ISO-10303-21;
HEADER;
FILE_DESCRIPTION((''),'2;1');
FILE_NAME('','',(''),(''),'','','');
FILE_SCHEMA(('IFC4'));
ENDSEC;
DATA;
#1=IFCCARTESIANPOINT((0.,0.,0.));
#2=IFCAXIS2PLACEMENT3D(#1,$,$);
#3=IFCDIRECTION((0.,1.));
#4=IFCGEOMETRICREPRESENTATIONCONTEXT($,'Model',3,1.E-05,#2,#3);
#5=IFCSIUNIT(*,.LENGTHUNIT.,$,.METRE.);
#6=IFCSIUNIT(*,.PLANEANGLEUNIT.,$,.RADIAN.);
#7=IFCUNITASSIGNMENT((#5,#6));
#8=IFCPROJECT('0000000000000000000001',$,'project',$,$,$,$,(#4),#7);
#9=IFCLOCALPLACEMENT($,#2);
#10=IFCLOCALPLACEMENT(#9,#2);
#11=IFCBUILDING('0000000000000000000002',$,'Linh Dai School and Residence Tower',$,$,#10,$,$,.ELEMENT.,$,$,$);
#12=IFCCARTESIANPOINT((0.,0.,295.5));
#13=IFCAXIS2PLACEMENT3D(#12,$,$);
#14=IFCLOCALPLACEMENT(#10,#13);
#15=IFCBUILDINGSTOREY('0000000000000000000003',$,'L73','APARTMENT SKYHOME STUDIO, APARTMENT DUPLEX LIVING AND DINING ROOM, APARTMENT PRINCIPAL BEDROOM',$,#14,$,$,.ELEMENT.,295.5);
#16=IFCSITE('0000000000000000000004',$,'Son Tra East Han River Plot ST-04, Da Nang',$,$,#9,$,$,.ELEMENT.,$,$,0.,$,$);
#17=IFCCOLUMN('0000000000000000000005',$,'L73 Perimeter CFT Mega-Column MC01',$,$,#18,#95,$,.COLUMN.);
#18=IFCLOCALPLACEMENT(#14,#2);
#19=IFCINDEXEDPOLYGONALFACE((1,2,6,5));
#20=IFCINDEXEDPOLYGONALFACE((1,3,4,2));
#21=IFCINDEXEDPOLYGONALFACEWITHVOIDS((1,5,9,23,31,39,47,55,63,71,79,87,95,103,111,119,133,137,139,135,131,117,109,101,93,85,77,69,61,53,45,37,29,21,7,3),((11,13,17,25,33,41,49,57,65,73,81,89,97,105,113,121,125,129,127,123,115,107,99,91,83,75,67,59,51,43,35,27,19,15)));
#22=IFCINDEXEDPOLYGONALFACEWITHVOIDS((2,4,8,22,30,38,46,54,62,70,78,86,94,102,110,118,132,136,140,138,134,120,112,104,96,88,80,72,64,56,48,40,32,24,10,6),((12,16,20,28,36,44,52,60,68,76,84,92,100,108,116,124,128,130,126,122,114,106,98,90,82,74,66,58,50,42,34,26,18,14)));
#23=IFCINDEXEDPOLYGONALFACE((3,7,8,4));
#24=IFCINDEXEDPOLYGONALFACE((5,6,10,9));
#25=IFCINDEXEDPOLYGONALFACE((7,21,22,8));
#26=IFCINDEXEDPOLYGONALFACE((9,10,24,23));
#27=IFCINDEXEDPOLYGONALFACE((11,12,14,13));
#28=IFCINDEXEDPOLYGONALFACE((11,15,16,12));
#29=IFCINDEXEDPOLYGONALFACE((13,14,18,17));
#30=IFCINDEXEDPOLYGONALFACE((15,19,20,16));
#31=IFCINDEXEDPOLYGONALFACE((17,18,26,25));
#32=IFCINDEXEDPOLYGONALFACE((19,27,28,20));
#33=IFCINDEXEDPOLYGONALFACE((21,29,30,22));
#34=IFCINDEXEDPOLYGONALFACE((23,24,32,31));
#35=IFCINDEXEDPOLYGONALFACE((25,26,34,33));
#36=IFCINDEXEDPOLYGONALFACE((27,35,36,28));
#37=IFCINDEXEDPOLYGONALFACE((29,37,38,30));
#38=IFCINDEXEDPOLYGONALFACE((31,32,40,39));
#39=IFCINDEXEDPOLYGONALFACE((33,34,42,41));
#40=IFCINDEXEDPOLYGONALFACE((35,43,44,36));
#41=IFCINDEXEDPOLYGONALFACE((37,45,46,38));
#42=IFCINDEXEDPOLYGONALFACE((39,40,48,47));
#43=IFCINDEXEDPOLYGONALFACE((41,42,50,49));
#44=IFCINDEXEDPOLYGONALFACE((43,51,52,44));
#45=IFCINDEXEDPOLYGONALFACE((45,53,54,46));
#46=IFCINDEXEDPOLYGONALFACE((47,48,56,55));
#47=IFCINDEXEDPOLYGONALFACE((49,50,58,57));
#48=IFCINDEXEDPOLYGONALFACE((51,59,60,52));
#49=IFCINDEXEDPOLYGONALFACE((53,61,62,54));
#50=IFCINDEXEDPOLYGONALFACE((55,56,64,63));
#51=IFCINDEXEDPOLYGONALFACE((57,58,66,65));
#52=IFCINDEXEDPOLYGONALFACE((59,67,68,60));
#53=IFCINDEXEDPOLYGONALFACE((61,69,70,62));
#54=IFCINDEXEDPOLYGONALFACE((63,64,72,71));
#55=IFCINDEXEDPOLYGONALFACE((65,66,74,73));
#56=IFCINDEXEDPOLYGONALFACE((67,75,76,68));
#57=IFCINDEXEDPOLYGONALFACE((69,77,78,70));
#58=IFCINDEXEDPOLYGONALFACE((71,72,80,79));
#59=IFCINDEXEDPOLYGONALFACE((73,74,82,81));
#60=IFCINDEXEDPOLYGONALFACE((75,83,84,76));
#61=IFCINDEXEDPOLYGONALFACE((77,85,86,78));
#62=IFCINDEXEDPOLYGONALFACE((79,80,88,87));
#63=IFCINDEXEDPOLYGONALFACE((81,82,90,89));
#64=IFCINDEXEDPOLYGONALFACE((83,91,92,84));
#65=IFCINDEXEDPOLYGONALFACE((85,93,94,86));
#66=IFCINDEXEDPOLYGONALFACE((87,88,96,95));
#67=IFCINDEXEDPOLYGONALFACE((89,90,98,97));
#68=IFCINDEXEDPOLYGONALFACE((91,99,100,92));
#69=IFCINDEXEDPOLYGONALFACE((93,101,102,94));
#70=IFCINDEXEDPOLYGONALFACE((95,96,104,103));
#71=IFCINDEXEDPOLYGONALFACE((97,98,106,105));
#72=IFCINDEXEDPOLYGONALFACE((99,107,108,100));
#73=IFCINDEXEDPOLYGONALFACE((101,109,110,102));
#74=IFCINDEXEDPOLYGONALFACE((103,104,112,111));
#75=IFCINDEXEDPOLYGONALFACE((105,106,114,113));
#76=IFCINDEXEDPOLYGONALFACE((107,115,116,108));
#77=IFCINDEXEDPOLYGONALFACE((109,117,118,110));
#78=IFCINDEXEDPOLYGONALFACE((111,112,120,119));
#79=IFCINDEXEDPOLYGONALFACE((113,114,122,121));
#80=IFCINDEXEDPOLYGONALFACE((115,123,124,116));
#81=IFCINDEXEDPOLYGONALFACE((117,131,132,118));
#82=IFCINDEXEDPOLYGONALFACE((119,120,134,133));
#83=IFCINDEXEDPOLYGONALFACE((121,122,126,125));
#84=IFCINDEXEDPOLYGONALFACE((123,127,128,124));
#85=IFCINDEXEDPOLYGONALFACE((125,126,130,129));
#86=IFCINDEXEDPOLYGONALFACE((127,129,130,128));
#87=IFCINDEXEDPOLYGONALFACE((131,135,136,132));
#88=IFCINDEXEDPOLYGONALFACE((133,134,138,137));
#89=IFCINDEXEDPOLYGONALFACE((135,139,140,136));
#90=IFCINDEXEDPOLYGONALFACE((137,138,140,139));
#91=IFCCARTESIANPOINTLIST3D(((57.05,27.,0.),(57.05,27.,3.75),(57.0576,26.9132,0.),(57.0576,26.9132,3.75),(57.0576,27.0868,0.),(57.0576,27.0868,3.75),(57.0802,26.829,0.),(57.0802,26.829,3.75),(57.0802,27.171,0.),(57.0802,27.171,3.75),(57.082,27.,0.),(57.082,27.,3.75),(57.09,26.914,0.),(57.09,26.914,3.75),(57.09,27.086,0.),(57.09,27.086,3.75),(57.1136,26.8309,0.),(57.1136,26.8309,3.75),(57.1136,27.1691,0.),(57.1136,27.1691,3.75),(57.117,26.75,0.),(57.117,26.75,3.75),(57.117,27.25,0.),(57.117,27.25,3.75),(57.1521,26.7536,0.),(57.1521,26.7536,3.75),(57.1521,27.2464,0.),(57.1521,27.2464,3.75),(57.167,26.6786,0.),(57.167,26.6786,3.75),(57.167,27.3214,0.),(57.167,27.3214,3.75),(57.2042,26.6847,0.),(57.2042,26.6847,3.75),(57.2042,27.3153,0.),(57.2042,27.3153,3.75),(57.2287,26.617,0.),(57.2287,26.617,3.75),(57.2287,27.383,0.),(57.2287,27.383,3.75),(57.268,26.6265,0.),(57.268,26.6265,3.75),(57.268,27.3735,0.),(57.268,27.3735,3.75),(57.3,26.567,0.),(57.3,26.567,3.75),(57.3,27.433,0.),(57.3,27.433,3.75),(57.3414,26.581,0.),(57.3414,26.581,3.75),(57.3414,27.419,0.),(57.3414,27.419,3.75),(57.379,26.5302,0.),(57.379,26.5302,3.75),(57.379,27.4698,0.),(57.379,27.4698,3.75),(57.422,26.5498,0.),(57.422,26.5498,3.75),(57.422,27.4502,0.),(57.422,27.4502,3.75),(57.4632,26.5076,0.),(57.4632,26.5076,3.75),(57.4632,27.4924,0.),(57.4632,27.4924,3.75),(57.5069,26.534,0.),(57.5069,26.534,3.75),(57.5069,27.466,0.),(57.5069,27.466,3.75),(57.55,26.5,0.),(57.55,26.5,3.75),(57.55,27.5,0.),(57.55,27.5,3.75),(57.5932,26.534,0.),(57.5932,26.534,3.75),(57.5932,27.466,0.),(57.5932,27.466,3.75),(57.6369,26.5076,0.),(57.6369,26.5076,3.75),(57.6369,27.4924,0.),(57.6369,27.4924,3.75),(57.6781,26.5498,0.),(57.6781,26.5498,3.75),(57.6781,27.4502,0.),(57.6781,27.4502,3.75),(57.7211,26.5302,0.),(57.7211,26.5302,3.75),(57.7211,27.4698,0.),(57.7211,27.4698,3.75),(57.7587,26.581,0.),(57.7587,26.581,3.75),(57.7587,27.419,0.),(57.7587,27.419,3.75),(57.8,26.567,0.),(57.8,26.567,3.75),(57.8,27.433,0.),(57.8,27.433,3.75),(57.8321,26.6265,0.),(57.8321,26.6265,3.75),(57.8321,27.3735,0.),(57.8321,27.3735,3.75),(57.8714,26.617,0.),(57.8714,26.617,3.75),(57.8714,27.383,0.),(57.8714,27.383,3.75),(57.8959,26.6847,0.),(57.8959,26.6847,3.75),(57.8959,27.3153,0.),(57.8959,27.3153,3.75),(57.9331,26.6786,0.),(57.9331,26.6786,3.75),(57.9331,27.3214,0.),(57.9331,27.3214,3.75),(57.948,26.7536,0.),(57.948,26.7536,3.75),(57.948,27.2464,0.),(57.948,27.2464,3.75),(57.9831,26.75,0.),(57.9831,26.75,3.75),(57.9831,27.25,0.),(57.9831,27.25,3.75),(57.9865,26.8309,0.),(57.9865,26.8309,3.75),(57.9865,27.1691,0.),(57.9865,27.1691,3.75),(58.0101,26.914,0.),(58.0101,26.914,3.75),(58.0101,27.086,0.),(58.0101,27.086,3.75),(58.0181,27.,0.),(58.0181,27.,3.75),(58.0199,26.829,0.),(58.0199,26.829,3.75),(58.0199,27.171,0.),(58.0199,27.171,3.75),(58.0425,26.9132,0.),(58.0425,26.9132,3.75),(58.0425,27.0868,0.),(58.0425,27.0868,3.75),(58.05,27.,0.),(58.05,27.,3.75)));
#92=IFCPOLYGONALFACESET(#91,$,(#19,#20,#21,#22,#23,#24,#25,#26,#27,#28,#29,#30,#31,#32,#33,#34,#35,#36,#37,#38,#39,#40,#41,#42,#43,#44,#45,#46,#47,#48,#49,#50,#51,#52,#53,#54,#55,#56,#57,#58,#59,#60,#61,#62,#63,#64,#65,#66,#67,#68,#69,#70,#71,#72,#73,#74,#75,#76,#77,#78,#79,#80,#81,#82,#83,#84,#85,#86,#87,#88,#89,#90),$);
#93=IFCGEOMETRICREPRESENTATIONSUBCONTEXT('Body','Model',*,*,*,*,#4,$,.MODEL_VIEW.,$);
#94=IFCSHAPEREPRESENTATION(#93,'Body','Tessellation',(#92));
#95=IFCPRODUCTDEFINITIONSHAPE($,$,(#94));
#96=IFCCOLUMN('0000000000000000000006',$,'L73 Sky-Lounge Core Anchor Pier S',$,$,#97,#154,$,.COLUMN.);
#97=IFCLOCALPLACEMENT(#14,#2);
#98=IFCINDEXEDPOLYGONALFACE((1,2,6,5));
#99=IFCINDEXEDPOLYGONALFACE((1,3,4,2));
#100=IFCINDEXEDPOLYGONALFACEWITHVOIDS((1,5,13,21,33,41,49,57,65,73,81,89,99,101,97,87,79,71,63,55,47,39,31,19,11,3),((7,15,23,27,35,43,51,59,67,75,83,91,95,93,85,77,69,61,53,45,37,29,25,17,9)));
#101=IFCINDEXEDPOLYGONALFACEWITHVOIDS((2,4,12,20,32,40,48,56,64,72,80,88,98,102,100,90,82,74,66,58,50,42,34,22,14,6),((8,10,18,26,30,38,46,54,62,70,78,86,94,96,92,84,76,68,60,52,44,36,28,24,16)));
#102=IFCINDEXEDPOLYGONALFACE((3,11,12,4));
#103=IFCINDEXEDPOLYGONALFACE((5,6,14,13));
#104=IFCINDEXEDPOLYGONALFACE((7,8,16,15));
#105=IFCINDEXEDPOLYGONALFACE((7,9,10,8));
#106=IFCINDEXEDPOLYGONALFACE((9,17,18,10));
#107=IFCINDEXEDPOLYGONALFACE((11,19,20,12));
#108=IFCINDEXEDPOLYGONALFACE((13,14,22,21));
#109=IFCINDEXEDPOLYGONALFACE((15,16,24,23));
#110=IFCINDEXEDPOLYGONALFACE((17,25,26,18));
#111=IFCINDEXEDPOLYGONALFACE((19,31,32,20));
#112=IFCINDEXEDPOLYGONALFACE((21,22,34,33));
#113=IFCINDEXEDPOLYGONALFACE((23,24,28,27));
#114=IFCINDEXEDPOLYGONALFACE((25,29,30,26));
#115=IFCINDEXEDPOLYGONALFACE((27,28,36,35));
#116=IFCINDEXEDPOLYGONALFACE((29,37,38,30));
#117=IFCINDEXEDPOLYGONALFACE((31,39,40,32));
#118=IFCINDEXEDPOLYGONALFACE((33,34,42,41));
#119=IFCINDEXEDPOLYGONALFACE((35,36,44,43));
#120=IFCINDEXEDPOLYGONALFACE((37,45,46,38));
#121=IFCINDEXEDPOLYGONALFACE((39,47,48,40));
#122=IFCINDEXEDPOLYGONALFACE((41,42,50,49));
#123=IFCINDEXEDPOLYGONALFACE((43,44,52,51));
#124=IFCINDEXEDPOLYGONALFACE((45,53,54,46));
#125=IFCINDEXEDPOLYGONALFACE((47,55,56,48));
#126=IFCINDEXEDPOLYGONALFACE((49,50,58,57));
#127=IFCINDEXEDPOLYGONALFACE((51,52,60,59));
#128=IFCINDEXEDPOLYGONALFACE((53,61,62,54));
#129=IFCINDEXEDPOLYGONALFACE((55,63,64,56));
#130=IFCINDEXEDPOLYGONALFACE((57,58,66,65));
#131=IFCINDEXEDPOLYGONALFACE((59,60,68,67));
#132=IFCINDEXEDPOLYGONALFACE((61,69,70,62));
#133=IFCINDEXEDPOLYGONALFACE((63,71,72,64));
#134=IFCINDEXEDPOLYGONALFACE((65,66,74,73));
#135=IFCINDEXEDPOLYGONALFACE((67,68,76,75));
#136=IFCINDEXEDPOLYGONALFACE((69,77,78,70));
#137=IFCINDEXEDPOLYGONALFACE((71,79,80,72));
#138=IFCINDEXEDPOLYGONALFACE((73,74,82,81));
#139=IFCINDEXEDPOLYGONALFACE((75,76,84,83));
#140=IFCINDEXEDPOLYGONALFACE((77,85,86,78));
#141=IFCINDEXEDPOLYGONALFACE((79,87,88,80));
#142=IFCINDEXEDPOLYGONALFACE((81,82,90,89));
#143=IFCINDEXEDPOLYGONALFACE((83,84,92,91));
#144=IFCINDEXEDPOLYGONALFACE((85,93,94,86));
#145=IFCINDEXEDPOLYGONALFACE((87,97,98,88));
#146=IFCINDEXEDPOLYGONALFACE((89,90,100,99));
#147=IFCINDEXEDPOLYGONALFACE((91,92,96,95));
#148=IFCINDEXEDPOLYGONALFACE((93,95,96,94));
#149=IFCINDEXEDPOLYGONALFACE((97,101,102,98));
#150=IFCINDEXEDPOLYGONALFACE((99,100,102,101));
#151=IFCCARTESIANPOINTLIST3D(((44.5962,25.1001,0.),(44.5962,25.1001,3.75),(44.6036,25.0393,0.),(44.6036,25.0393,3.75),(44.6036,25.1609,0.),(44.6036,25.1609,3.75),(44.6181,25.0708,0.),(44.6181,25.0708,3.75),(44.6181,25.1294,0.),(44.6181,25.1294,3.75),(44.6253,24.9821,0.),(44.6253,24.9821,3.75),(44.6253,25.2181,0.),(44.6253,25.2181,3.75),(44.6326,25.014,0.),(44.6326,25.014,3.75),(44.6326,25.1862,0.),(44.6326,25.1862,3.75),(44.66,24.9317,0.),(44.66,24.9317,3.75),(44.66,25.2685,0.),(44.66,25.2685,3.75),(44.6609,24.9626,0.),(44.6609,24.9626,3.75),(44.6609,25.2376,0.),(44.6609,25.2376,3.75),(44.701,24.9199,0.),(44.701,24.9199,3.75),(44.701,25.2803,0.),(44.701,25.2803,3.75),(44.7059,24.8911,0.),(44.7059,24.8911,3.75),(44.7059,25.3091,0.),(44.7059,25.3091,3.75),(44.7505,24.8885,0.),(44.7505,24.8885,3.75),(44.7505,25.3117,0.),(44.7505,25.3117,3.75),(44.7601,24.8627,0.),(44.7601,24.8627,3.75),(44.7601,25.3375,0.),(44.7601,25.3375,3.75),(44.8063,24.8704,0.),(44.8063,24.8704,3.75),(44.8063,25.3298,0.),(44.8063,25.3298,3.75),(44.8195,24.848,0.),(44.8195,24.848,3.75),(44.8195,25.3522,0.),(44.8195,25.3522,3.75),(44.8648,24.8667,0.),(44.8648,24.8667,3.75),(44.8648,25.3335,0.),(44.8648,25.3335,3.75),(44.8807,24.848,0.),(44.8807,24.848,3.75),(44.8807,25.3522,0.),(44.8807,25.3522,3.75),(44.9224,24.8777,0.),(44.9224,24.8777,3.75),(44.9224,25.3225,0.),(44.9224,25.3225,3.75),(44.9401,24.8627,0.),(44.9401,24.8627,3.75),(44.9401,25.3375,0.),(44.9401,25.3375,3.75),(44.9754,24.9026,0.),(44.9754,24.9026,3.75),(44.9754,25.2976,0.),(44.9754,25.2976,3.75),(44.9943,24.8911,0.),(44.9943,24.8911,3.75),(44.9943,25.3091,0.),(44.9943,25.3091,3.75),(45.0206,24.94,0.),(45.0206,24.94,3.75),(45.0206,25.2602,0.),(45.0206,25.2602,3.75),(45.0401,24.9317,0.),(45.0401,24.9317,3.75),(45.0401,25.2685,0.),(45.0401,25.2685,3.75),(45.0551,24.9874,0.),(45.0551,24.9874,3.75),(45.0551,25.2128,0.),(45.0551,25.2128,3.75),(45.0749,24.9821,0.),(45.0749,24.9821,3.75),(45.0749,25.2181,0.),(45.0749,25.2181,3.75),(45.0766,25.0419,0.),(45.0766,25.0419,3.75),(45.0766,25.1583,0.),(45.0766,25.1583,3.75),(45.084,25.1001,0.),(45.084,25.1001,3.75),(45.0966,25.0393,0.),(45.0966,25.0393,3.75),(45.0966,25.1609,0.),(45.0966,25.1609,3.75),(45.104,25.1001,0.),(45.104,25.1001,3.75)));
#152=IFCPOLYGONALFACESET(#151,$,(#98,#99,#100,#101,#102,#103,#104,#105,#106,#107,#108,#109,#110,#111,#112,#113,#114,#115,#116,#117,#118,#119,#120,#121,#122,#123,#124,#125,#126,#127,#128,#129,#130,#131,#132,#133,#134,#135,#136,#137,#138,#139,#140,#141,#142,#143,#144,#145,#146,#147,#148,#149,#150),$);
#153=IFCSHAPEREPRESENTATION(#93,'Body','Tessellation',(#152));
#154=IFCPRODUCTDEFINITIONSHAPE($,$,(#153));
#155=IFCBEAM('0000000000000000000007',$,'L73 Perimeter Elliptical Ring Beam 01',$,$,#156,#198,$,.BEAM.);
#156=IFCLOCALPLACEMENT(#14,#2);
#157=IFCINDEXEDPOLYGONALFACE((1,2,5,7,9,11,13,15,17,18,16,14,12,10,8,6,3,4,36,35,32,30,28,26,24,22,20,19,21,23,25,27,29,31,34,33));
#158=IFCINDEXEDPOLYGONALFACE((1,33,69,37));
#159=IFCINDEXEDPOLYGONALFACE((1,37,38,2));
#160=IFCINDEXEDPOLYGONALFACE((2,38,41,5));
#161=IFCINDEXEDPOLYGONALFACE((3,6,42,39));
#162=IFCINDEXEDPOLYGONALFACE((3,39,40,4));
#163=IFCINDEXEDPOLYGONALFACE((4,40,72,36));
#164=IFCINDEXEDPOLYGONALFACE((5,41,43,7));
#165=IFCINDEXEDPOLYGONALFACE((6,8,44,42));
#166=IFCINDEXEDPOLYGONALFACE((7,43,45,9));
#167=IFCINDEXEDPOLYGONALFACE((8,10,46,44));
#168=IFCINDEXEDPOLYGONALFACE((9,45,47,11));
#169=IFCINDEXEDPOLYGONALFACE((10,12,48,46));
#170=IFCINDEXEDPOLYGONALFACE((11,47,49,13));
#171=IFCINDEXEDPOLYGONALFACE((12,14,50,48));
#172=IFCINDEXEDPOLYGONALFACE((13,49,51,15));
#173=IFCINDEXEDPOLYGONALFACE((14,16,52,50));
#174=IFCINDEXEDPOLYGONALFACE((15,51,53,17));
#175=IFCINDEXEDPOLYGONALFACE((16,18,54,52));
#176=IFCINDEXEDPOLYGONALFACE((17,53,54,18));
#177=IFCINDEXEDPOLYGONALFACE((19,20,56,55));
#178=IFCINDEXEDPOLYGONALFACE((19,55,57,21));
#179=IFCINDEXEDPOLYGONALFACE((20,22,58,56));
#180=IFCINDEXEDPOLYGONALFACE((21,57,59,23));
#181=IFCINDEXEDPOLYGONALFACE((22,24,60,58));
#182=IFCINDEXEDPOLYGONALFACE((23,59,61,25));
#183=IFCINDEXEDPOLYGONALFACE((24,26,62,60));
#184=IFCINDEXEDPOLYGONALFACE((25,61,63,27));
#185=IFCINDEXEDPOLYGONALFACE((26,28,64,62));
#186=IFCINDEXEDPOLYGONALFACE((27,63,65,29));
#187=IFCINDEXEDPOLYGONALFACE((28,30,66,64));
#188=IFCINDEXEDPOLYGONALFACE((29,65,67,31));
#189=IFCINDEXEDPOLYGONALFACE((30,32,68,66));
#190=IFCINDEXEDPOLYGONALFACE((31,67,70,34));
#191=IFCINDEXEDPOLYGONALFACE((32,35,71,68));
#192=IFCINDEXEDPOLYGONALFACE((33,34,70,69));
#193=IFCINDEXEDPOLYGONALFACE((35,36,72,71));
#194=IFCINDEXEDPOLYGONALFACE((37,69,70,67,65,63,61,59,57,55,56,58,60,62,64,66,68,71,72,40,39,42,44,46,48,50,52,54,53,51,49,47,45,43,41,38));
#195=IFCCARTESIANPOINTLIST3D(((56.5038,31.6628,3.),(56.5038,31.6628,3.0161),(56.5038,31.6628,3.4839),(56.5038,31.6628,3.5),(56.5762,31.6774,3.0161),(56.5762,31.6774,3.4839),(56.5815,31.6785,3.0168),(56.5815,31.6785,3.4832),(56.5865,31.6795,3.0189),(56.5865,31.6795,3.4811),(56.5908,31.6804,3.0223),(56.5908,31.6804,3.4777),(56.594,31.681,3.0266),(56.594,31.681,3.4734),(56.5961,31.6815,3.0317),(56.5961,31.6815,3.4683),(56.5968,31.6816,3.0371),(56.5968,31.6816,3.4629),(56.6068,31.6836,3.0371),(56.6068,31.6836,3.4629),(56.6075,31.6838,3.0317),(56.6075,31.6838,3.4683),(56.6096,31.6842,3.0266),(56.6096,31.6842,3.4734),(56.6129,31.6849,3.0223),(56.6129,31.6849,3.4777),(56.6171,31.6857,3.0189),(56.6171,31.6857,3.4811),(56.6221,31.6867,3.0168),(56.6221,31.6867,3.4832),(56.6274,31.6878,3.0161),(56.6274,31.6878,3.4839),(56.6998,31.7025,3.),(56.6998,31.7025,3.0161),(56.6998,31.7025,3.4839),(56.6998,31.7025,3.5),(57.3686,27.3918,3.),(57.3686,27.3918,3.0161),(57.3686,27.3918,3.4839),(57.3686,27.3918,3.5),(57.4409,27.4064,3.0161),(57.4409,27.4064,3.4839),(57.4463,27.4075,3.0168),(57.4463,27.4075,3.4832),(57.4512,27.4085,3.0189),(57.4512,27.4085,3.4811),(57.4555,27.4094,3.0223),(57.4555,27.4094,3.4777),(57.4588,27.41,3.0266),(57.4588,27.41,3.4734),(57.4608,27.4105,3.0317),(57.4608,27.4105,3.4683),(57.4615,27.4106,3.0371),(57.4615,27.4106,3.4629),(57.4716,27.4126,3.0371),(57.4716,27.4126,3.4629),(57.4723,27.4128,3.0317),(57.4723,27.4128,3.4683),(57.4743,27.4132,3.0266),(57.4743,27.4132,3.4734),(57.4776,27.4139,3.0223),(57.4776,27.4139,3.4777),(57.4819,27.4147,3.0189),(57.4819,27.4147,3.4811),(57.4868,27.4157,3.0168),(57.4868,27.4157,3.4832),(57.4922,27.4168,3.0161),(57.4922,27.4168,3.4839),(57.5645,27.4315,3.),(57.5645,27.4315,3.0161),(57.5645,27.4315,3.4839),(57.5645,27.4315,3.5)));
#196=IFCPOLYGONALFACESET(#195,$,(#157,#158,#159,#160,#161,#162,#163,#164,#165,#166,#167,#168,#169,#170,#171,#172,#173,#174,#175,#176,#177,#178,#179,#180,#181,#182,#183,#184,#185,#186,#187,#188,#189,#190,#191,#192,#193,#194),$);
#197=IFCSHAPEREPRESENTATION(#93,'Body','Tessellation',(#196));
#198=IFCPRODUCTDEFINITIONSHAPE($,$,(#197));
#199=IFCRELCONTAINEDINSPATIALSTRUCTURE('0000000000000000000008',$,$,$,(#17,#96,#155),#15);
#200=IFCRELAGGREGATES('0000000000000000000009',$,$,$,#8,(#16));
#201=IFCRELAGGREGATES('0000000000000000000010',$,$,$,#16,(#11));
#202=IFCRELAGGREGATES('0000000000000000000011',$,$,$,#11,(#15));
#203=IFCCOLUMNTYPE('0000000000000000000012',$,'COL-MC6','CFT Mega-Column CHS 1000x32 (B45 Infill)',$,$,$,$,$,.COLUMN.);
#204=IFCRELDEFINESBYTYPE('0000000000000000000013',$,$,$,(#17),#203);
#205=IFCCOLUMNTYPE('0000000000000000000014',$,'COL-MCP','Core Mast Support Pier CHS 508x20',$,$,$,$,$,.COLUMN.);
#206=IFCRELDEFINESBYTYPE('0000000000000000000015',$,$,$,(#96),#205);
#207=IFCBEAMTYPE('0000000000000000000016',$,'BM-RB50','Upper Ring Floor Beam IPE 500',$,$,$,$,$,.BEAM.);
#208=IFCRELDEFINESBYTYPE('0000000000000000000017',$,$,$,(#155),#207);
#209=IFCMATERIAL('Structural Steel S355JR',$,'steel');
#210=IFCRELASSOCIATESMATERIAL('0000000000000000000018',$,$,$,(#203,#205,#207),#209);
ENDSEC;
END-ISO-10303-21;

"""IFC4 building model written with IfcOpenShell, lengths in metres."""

from ifc_helpers import new_model, si_unit, direction, frame, origin, origin_2d, place, context, subcontext, project, spatial, hollow_circle, i_section, extrude, material, material_profile, profile_set, type_object, element, save


model = new_model("IFC4")

# Units and contexts
model_context = context("Model", 3, precision=1e-05, world=origin(), true_north=direction((0.0, 1.0)))
body_context = subcontext(model_context, "Body", "Model", "MODEL_VIEW")
ifc_project = project(units=[si_unit("LENGTHUNIT", "METRE"), si_unit("PLANEANGLEUNIT", "RADIAN")], contexts=[model_context])

# Site, building, storey
site_placement = place(None, origin())
site = spatial("IfcSite", under=ifc_project, at=site_placement, Name="Son Tra East Han River Plot ST-04, Da Nang", CompositionType="ELEMENT", RefElevation=0.0)
building_placement = place(site_placement, origin())
building = spatial("IfcBuilding", under=site, at=building_placement, Name="Linh Dai School and Residence Tower", CompositionType="ELEMENT")
storey_placement = place(building_placement, frame((0.0, 0.0, 295.5)))
storey = spatial("IfcBuildingStorey", under=building, at=storey_placement, Name="L73", Description="APARTMENT SKYHOME STUDIO, APARTMENT DUPLEX LIVING AND DINING ROOM, APARTMENT PRINCIPAL BEDROOM", CompositionType="ELEMENT", Elevation=295.5)

# Columns
ifc_material_1 = material(Name="Structural Steel S355JR", Category="steel")
ifc_material_profile_1 = material_profile(ifc_material_1, hollow_circle(Radius=0.5, WallThickness=0.032, at=origin_2d()), Name="CHS 1000x32")
ifc_profile_set_1 = profile_set([ifc_material_profile_1], Name="Structural Steel S355JR")
column_type_1 = type_object("IfcColumnType", Name="COL-MC6", Description="CFT Mega-Column CHS 1000x32 (B45 Infill)", PredefinedType="COLUMN", material=ifc_profile_set_1)
column_1_placement = place(storey_placement, frame((57.55, 27.0, 0.0), z_axis=(0.0, 0.0, 1.0), x_axis=(1.0, 0.0, 0.0)))
element("IfcColumn", 1, at=column_1_placement, inside=storey, type_object=column_type_1, Name="L73 Perimeter CFT Mega-Column MC01", PredefinedType="COLUMN", context=body_context, shape_type="SweptSolid", body=[
    extrude(hollow_circle(Radius=0.5, WallThickness=0.032, at=origin_2d()), origin(), (0.0, 0.0, 1.0), 3.75),
])
ifc_material_profile_2 = material_profile(ifc_material_1, hollow_circle(Radius=0.2539, WallThickness=0.02, at=origin_2d()), Name="CHS 508x20")
ifc_profile_set_2 = profile_set([ifc_material_profile_2], Name="Structural Steel S355JR")
column_type_2 = type_object("IfcColumnType", Name="COL-MCP", Description="Core Mast Support Pier CHS 508x20", PredefinedType="COLUMN", material=ifc_profile_set_2)
column_2_placement = place(storey_placement, frame((44.8501, 25.1001, 0.0), z_axis=(0.0, 0.0, 1.0), x_axis=(1.0, 0.0, 0.0)))
element("IfcColumn", 2, at=column_2_placement, inside=storey, type_object=column_type_2, Name="L73 Sky-Lounge Core Anchor Pier S", PredefinedType="COLUMN", context=body_context, shape_type="SweptSolid", body=[
    extrude(hollow_circle(Radius=0.2539, WallThickness=0.02, at=origin_2d()), origin(), (0.0, 0.0, 1.0), 3.75),
])

# Beam
ifc_material_profile_3 = material_profile(ifc_material_1, i_section(OverallWidth=0.2, OverallDepth=0.5, WebThickness=0.0103, FlangeThickness=0.0161, FilletRadius=0.021, at=origin_2d()), Name="IPE 500")
ifc_profile_set_3 = profile_set([ifc_material_profile_3], Name="Structural Steel S355JR")
beam_type_1 = type_object("IfcBeamType", Name="BM-RB50", Description="Upper Ring Floor Beam IPE 500", PredefinedType="BEAM", material=ifc_profile_set_3)
beam_1_placement = place(storey_placement, frame((57.4666, 27.4116, 3.25), z_axis=(-0.198443, 0.980112, 0.0), x_axis=(-0.980112, -0.198443, 0.0)))
element("IfcBeam", 3, at=beam_1_placement, inside=storey, type_object=beam_type_1, Name="L73 Perimeter Elliptical Ring Beam 01", PredefinedType="BEAM", context=body_context, shape_type="SweptSolid", body=[
    extrude(i_section(OverallWidth=0.2, OverallDepth=0.5, WebThickness=0.0103, FlangeThickness=0.0161, FilletRadius=0.021, at=origin_2d()), origin(), (0.0, 0.0, 1.0), 4.3577),
])

save(model, "model.ifc")
